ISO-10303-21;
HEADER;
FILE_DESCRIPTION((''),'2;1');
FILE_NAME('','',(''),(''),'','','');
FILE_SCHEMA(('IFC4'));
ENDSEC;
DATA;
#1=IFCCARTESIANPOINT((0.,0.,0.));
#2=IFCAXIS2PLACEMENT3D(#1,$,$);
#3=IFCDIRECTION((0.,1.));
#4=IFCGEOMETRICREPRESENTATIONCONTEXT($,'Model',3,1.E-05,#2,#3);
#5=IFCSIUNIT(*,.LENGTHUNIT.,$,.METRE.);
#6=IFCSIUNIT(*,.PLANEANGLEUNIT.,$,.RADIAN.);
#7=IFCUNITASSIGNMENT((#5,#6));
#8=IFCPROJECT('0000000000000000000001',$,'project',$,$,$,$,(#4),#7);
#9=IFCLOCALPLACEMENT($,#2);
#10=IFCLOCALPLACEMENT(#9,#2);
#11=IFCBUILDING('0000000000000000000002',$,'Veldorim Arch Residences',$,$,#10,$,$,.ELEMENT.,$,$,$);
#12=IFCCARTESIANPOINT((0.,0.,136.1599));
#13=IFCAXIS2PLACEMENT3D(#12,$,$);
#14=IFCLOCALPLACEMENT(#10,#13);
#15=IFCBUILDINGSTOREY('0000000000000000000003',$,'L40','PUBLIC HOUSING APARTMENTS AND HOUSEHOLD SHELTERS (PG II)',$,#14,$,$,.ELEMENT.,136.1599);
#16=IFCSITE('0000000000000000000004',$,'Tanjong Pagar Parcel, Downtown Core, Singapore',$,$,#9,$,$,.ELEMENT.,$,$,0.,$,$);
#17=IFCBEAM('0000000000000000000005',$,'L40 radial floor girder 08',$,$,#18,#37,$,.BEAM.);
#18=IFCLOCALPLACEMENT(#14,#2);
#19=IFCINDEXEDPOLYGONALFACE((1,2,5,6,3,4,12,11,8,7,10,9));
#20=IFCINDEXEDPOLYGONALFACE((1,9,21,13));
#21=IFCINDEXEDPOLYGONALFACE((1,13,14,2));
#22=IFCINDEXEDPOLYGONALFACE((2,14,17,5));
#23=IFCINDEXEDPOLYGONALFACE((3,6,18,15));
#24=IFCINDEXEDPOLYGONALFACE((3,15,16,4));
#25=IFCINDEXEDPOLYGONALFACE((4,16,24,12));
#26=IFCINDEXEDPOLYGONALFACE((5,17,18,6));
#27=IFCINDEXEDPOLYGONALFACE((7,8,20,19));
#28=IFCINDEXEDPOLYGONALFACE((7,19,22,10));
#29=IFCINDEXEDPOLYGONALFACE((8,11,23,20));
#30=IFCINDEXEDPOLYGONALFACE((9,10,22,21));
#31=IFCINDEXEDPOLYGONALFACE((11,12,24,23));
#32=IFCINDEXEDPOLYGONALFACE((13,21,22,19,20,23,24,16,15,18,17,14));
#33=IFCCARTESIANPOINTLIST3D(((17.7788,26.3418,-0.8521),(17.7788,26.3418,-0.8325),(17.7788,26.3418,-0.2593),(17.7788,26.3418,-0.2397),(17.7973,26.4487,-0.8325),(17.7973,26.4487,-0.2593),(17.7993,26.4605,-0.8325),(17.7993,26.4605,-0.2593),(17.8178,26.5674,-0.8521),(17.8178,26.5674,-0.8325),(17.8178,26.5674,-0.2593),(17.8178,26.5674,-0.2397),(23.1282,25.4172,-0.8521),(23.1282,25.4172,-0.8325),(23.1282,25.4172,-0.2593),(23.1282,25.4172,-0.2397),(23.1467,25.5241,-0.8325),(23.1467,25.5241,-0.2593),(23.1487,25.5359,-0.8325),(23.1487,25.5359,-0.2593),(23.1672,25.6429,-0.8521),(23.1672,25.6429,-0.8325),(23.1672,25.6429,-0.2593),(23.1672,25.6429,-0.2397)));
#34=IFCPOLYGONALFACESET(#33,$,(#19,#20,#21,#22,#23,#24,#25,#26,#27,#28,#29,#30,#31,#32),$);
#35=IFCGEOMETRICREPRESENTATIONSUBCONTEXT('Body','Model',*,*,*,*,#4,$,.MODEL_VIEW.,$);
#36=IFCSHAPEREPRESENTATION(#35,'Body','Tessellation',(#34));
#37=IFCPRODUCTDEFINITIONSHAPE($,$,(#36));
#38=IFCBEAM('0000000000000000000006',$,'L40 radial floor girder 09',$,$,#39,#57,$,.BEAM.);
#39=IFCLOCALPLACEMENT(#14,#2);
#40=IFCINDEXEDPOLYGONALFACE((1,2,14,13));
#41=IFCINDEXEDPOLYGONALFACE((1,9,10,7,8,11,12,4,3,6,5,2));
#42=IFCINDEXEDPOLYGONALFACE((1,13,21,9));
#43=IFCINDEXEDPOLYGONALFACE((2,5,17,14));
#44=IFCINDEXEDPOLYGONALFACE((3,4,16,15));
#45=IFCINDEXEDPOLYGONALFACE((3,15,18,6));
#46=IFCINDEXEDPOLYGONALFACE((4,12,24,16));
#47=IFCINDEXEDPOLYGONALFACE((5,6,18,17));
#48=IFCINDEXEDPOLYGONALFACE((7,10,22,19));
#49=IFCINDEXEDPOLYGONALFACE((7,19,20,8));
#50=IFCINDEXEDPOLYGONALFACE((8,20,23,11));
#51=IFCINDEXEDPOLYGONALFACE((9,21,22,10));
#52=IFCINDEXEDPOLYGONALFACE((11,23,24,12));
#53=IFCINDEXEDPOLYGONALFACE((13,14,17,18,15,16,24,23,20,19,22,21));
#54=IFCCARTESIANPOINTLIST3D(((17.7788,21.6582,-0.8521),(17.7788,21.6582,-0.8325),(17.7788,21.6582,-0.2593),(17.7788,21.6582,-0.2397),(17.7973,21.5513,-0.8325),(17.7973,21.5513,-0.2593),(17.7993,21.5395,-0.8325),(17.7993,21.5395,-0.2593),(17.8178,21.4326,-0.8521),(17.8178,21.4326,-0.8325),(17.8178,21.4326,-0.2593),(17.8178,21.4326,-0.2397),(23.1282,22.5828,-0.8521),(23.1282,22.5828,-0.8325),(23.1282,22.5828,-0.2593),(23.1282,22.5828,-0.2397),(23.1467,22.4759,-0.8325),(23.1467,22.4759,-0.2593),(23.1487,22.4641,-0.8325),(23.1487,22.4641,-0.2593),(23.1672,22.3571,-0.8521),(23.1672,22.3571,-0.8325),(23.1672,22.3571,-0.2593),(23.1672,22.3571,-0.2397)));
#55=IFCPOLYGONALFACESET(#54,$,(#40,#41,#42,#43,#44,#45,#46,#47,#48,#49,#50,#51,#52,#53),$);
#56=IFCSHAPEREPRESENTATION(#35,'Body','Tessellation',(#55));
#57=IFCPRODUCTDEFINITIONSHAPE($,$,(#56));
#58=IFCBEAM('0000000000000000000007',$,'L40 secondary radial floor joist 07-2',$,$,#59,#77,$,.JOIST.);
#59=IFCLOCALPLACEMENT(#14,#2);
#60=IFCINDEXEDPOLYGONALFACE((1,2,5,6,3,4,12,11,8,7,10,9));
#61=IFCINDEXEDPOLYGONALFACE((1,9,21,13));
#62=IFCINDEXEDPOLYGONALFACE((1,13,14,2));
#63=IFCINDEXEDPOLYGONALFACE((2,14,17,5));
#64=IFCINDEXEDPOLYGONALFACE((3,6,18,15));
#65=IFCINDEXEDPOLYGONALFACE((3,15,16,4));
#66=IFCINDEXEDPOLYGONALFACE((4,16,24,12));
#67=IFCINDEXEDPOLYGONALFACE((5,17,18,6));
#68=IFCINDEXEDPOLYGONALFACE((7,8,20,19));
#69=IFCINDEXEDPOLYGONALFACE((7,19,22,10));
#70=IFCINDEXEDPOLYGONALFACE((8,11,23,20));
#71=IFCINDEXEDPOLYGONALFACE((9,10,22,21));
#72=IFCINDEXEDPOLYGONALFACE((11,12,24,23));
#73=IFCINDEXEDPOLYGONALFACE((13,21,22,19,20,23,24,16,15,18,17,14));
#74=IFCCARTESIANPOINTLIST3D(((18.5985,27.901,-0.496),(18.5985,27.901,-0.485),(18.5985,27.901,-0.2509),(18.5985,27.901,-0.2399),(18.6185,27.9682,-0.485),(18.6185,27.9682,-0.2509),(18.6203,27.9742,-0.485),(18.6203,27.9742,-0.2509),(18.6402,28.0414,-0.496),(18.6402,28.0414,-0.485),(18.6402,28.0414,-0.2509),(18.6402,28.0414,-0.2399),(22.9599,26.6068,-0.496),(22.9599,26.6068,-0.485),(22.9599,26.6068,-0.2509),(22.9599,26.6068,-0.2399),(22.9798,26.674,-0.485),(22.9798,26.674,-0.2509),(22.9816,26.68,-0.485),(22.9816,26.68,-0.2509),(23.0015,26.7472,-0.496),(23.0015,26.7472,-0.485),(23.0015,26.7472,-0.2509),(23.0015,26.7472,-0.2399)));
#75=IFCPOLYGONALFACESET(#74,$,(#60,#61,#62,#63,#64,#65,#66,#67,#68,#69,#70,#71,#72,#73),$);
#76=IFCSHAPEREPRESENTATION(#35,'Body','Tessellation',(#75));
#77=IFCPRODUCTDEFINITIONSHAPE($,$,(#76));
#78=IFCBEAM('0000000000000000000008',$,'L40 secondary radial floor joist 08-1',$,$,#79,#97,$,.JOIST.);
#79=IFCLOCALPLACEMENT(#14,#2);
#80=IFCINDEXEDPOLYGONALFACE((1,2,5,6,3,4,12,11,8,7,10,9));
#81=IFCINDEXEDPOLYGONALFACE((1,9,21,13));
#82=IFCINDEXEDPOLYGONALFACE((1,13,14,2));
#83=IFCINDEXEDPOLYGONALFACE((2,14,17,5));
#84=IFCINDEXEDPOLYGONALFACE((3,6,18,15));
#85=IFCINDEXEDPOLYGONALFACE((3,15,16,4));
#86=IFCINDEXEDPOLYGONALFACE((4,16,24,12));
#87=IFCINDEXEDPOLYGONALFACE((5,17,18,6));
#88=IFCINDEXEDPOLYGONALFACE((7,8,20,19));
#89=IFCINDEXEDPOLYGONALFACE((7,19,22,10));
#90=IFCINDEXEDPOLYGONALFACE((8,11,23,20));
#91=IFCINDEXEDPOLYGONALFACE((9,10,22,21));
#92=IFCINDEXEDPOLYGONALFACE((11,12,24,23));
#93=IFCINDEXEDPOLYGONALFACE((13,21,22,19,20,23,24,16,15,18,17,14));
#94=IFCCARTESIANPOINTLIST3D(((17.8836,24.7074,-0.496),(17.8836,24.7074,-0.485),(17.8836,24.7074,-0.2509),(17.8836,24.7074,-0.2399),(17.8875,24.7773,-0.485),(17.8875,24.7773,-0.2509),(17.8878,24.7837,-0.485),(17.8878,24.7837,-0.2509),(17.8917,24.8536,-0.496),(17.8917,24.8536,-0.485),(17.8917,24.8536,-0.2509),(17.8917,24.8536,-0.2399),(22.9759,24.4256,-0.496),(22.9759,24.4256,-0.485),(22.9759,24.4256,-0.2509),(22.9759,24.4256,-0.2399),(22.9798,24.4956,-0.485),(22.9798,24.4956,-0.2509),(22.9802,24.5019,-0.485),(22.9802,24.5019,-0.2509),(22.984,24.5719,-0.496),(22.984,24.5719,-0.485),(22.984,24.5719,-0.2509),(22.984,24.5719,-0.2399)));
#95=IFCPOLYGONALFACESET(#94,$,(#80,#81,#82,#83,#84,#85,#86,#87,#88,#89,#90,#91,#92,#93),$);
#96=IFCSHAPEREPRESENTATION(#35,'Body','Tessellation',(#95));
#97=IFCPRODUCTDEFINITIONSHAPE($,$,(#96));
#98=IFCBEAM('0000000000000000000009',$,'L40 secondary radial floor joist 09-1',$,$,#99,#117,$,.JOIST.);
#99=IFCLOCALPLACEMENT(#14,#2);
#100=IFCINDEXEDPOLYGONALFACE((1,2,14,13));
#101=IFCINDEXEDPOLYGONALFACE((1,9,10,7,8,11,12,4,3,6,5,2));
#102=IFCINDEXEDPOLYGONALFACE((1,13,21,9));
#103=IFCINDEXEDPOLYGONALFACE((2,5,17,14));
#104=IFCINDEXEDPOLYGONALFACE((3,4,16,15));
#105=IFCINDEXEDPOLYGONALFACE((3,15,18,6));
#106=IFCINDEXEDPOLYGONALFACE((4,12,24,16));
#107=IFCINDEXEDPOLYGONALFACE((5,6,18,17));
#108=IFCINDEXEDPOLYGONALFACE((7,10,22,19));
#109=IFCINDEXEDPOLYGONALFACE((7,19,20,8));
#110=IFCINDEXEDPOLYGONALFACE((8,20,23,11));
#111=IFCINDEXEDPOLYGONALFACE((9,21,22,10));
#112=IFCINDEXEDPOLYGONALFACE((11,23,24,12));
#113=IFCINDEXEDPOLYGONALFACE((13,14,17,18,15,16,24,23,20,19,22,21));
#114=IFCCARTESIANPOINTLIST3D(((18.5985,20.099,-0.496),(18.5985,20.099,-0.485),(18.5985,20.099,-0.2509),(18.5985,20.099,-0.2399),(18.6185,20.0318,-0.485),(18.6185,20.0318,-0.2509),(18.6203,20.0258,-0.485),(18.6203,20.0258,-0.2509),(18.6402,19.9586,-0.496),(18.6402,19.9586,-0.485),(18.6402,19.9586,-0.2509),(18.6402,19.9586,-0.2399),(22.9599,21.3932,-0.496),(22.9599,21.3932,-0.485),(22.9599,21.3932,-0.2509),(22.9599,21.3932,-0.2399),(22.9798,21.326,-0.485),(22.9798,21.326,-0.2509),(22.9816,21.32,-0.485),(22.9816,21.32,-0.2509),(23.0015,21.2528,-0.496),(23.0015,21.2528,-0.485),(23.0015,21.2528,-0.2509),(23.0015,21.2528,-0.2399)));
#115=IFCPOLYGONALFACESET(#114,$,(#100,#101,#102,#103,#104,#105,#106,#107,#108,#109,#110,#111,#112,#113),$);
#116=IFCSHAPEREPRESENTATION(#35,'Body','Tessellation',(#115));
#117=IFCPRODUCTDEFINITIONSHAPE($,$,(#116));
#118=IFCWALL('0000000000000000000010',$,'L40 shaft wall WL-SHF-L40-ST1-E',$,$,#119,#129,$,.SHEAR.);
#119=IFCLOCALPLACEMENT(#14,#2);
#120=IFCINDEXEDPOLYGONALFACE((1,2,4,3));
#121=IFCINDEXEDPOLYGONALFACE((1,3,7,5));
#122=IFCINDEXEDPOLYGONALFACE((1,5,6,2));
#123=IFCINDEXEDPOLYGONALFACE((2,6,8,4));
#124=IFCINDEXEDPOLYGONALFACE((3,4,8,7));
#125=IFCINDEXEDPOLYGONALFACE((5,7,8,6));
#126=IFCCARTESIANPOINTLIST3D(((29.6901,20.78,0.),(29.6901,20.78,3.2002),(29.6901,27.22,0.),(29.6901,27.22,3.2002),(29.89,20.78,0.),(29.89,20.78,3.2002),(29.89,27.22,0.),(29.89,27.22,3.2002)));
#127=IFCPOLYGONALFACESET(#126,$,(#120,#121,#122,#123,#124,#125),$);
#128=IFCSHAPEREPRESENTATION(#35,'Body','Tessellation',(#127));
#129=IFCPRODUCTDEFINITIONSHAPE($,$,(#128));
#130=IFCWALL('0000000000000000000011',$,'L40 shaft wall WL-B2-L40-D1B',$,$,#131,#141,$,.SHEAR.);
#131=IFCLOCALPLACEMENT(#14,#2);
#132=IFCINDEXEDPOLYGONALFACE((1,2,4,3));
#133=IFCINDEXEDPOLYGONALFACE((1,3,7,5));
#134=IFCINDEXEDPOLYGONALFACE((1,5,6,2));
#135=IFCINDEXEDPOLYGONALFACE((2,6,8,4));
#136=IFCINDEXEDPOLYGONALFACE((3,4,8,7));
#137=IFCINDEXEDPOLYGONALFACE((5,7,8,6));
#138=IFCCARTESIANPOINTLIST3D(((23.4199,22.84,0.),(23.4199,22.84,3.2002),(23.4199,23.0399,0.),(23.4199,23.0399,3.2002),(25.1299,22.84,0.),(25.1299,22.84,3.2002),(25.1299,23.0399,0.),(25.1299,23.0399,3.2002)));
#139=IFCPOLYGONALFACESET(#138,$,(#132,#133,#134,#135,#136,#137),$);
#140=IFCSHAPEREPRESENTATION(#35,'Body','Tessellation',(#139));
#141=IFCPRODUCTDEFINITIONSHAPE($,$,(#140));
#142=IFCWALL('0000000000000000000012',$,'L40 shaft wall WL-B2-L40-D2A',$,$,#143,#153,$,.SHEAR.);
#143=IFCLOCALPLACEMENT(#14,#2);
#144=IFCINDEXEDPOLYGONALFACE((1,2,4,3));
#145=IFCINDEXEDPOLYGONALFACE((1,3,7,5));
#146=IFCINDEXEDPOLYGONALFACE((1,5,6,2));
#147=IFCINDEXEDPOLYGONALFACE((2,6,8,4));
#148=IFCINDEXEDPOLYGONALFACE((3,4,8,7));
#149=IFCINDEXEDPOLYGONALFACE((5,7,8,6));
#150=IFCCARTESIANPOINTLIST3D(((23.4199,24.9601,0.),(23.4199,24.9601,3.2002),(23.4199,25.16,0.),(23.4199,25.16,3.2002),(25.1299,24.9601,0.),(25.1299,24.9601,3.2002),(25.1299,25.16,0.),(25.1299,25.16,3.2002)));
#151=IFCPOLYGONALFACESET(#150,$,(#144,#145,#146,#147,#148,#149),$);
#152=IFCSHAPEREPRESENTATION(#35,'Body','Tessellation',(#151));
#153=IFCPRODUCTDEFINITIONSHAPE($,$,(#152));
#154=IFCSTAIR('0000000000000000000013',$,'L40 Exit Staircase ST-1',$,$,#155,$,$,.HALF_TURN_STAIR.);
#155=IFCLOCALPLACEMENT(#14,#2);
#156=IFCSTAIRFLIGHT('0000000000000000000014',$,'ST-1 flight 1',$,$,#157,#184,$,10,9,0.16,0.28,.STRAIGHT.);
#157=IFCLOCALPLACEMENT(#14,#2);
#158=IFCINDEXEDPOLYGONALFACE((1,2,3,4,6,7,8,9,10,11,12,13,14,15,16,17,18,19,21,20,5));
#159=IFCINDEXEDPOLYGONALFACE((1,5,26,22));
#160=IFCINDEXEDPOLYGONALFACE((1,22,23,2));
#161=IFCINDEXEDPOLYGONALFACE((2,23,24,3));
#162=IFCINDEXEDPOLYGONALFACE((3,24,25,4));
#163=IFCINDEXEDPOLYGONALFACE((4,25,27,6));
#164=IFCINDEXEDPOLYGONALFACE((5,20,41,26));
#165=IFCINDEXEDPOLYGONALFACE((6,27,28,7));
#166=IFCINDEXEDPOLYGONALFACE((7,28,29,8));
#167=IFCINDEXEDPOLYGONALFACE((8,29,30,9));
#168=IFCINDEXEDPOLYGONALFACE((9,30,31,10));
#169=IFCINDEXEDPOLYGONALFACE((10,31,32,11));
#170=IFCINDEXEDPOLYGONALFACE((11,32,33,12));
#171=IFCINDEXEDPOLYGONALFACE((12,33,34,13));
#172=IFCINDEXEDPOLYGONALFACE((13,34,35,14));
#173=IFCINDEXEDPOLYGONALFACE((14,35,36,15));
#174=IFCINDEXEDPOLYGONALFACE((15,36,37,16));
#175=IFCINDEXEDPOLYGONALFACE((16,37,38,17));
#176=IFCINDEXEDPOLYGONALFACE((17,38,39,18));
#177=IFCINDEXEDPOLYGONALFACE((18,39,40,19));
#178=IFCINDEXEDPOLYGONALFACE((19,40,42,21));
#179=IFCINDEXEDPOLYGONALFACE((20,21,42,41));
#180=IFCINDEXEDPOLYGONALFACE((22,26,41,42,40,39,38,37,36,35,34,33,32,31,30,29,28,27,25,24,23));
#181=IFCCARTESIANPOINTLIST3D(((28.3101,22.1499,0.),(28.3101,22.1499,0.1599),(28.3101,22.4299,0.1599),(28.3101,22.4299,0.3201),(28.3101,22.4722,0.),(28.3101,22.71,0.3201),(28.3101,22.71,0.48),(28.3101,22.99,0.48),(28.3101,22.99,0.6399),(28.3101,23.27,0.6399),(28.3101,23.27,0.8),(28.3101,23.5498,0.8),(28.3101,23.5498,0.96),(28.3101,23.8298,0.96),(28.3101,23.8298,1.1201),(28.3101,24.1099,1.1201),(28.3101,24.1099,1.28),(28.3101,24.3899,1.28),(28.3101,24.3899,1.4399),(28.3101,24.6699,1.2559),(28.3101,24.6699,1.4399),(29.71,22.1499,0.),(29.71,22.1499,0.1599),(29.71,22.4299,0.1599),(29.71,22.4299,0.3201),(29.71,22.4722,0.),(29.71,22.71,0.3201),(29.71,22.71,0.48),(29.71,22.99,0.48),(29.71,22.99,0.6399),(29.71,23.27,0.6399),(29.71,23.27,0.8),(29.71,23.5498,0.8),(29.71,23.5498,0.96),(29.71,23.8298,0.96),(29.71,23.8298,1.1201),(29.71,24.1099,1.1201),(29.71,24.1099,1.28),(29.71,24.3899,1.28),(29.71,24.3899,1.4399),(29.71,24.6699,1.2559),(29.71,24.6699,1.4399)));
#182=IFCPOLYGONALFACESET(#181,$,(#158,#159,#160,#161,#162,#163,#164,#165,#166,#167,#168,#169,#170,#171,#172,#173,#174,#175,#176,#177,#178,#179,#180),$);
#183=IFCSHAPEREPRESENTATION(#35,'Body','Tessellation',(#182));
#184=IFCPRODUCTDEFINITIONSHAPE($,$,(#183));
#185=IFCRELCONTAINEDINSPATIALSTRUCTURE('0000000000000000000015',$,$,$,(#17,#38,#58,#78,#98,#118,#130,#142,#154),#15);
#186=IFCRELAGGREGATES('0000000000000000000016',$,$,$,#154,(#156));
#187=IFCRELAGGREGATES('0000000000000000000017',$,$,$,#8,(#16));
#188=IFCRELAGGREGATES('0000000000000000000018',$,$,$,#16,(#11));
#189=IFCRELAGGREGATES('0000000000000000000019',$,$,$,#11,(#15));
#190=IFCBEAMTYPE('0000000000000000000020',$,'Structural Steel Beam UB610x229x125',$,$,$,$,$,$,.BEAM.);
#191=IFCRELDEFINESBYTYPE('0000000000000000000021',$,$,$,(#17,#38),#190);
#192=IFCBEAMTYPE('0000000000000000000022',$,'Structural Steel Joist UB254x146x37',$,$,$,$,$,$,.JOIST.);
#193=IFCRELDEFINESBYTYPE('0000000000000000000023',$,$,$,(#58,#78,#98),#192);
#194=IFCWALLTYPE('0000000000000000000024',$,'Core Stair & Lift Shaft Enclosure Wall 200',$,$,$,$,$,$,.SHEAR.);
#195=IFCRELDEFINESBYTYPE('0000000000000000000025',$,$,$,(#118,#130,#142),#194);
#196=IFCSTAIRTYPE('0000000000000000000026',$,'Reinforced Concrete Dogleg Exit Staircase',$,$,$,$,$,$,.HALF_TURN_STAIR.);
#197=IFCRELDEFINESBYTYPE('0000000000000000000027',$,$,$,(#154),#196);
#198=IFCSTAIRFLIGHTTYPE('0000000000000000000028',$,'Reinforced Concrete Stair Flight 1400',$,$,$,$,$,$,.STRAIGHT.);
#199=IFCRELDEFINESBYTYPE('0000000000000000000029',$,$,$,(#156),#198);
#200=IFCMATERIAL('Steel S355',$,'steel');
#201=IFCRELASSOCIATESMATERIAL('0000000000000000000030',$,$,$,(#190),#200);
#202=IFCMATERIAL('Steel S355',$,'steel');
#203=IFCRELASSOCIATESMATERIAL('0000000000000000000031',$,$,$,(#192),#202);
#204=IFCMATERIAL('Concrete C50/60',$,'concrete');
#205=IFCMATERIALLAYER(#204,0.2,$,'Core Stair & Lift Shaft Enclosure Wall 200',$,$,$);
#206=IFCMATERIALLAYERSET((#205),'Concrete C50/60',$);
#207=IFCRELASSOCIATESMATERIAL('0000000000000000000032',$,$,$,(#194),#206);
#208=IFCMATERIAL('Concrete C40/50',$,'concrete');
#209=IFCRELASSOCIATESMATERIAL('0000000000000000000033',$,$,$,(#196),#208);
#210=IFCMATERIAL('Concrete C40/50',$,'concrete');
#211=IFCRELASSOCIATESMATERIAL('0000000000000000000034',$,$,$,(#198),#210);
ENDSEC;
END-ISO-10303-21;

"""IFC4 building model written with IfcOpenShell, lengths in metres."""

from ifc_helpers import new_model, si_unit, direction, frame, frame_2d, origin, origin_2d, place, context, subcontext, project, spatial, polyline, rectangle, i_section, outline, extrude, material, layer, layer_set, material_profile, profile_set, type_object, element, aggregate, save


model = new_model("IFC4")

# Units and contexts
model_context = context("Model", 3, precision=1e-05, world=origin(), true_north=direction((0.0, 1.0)))
body_context = subcontext(model_context, "Body", "Model", "MODEL_VIEW")
ifc_project = project(units=[si_unit("LENGTHUNIT", "METRE"), si_unit("PLANEANGLEUNIT", "RADIAN")], contexts=[model_context])

# Site, building, storey
site_placement = place(None, origin())
site = spatial("IfcSite", under=ifc_project, at=site_placement, Name="Tanjong Pagar Parcel, Downtown Core, Singapore", CompositionType="ELEMENT", RefElevation=0.0)
building_placement = place(site_placement, origin())
building = spatial("IfcBuilding", under=site, at=building_placement, Name="Veldorim Arch Residences", CompositionType="ELEMENT")
storey_placement = place(building_placement, frame((0.0, 0.0, 136.1599)))
storey = spatial("IfcBuildingStorey", under=building, at=storey_placement, Name="L40", Description="PUBLIC HOUSING APARTMENTS AND HOUSEHOLD SHELTERS (PG II)", CompositionType="ELEMENT", Elevation=136.1599)

# Beams
ifc_material_1 = material(Name="Steel S355", Category="steel")
ifc_material_profile_1 = material_profile(ifc_material_1, i_section(OverallWidth=0.229, OverallDepth=0.6123, WebThickness=0.012, FlangeThickness=0.0195, at=origin_2d()), Name="UB610x229x125")
ifc_profile_set_1 = profile_set([ifc_material_profile_1], Name="Steel S355")
beam_type_1 = type_object("IfcBeamType", Name="Structural Steel Beam UB610x229x125", PredefinedType="BEAM", material=ifc_profile_set_1)
for number, where, z_axis, x_axis, name in (
    (1, (23.1477, 25.53, -0.5459), (-0.98539, 0.170311, 0.0), (-0.170311, -0.98539, 0.0), "L40 radial floor girder 08"),
    (2, (23.1477, 22.47, -0.5459), (-0.98539, -0.170311, 0.0), (0.170311, -0.98539, 0.0), "L40 radial floor girder 09"),
):
    element("IfcBeam", number, at=place(storey_placement, frame(where, z_axis=z_axis, x_axis=x_axis)), inside=storey, type_object=beam_type_1, Name=name, PredefinedType="BEAM", context=body_context, shape_type="SweptSolid", body=[
        extrude(i_section(OverallWidth=0.229, OverallDepth=0.6123, WebThickness=0.012, FlangeThickness=0.0195, at=origin_2d()), origin(), (0.0, 0.0, 1.0), 5.4287),
    ])
ifc_material_2 = material(Name="Steel S355", Category="steel")
ifc_material_profile_2 = material_profile(ifc_material_2, i_section(OverallWidth=0.1465, OverallDepth=0.2561, WebThickness=0.0063, FlangeThickness=0.011, at=origin_2d()), Name="UB254x146x37")
ifc_profile_set_2 = profile_set([ifc_material_profile_2], Name="Steel S355")
beam_type_2 = type_object("IfcBeamType", Name="Structural Steel Joist UB254x146x37", PredefinedType="JOIST", material=ifc_profile_set_2)
beam_1_placement = place(storey_placement, frame((22.9807, 26.677, -0.3679), z_axis=(-0.958682, 0.284481, 0.0), x_axis=(-0.284481, -0.958682, 0.0)))
element("IfcBeam", 3, at=beam_1_placement, inside=storey, type_object=beam_type_2, Name="L40 secondary radial floor joist 07-2", PredefinedType="JOIST", context=body_context, shape_type="SweptSolid", body=[
    extrude(i_section(OverallWidth=0.1465, OverallDepth=0.2561, WebThickness=0.0063, FlangeThickness=0.011, at=origin_2d()), origin(), (0.0, 0.0, 1.0), 4.5493),
])
beam_2_placement = place(storey_placement, frame((22.98, 24.4988, -0.3679), z_axis=(-0.998473, 0.055242, 0.0), x_axis=(-0.055242, -0.998473, 0.0)))
element("IfcBeam", 4, at=beam_2_placement, inside=storey, type_object=beam_type_2, Name="L40 secondary radial floor joist 08-1", PredefinedType="JOIST", context=body_context, shape_type="SweptSolid", body=[
    extrude(i_section(OverallWidth=0.1465, OverallDepth=0.2561, WebThickness=0.0063, FlangeThickness=0.011, at=origin_2d()), origin(), (0.0, 0.0, 1.0), 5.1001),
])
beam_3_placement = place(storey_placement, frame((22.9807, 21.323, -0.3679), z_axis=(-0.958682, -0.284481, 0.0), x_axis=(0.284481, -0.958682, 0.0)))
element("IfcBeam", 5, at=beam_3_placement, inside=storey, type_object=beam_type_2, Name="L40 secondary radial floor joist 09-1", PredefinedType="JOIST", context=body_context, shape_type="SweptSolid", body=[
    extrude(i_section(OverallWidth=0.1465, OverallDepth=0.2561, WebThickness=0.0063, FlangeThickness=0.011, at=origin_2d()), origin(), (0.0, 0.0, 1.0), 4.5493),
])

# Wall
ifc_material_3 = material(Name="Concrete C50/60", Category="concrete")
ifc_layer = layer(ifc_material_3, 0.2, Name="Core Stair & Lift Shaft Enclosure Wall 200")
ifc_layer_set = layer_set([ifc_layer], Name="Concrete C50/60")
wall_type = type_object("IfcWallType", Name="Core Stair & Lift Shaft Enclosure Wall 200", PredefinedType="SHEAR", material=ifc_layer_set)
wall_1_placement = place(storey_placement, frame((29.79, 20.78, 0.0), z_axis=(0.0, 0.0, 1.0), x_axis=(0.0, 1.0, 0.0)))
element("IfcWall", 6, at=wall_1_placement, inside=storey, type_object=wall_type, Name="L40 shaft wall WL-SHF-L40-ST1-E", PredefinedType="SHEAR", context=body_context, shape_type="SweptSolid", body=[
    extrude(rectangle(XDim=6.4399, YDim=0.2, at=frame_2d((3.22, 0.0))), origin(), (0.0, 0.0, 1.0), 3.2002),
])

# Walls
for number, where, z_axis, x_axis, name in (
    (7, (23.4199, 22.9399, 0.0), (0.0, 0.0, 1.0), (1.0, 0.0, 0.0), "L40 shaft wall WL-B2-L40-D1B"),
    (8, (23.4199, 25.0601, 0.0), (0.0, 0.0, 1.0), (1.0, 0.0, 0.0), "L40 shaft wall WL-B2-L40-D2A"),
):
    element("IfcWall", number, at=place(storey_placement, frame(where, z_axis=z_axis, x_axis=x_axis)), inside=storey, type_object=wall_type, Name=name, PredefinedType="SHEAR", context=body_context, shape_type="SweptSolid", body=[
        extrude(rectangle(XDim=1.71, YDim=0.2, at=frame_2d((0.855, 0.0))), origin(), (0.0, 0.0, 1.0), 3.2002),
    ])

# Stair, stair flight
ifc_material_4 = material(Name="Concrete C40/50", Category="concrete")
stair_type = type_object("IfcStairType", Name="Reinforced Concrete Dogleg Exit Staircase", PredefinedType="HALF_TURN_STAIR", material=ifc_material_4)
stair_placement = place(storey_placement, origin())
stair = element("IfcStair", 9, at=stair_placement, inside=storey, type_object=stair_type, Name="L40 Exit Staircase ST-1", PredefinedType="HALF_TURN_STAIR")
ifc_material_5 = material(Name="Concrete C40/50", Category="concrete")
stair_flight_type = type_object("IfcStairFlightType", Name="Reinforced Concrete Stair Flight 1400", PredefinedType="STRAIGHT", material=ifc_material_5)
stair_flight_1_placement = place(storey_placement, frame((29.01, 22.1499, 0.0), z_axis=(0.0, 0.0, 1.0), x_axis=(0.0, 1.0, 0.0)))
stair_flight_1 = element("IfcStairFlight", 10, at=stair_flight_1_placement, type_object=stair_flight_type, Name="ST-1 flight 1", NumberOfRisers=10, NumberOfTreads=9, PredefinedType="STRAIGHT", RiserHeight=0.16, TreadLength=0.28, context=body_context, shape_type="SweptSolid", body=[
    extrude(outline(polyline([(0.0, 0.0), (0.0, 0.1599), (0.28, 0.1599), (0.28, 0.3201), (0.5601, 0.3201), (0.5601, 0.48), (0.8401, 0.48), (0.8401, 0.6399), (1.1201, 0.6399), (1.1201, 0.8), (1.3999, 0.8), (1.3999, 0.96), (1.6799, 0.96), (1.6799, 1.1201), (1.96, 1.1201), (1.96, 1.28), (2.24, 1.28), (2.24, 1.4399), (2.52, 1.4399), (2.52, 1.6001), (2.52, 1.2559), (0.3223, 0.0), (0.0, 0.0)])), frame((0.0, 0.7, 0.0), z_axis=(0.0, -1.0, 0.0), x_axis=(1.0, 0.0, 0.0)), (0.0, 0.0, 1.0), 1.3999),
])
aggregate(stair, [stair_flight_1])

save(model, "model.ifc")
